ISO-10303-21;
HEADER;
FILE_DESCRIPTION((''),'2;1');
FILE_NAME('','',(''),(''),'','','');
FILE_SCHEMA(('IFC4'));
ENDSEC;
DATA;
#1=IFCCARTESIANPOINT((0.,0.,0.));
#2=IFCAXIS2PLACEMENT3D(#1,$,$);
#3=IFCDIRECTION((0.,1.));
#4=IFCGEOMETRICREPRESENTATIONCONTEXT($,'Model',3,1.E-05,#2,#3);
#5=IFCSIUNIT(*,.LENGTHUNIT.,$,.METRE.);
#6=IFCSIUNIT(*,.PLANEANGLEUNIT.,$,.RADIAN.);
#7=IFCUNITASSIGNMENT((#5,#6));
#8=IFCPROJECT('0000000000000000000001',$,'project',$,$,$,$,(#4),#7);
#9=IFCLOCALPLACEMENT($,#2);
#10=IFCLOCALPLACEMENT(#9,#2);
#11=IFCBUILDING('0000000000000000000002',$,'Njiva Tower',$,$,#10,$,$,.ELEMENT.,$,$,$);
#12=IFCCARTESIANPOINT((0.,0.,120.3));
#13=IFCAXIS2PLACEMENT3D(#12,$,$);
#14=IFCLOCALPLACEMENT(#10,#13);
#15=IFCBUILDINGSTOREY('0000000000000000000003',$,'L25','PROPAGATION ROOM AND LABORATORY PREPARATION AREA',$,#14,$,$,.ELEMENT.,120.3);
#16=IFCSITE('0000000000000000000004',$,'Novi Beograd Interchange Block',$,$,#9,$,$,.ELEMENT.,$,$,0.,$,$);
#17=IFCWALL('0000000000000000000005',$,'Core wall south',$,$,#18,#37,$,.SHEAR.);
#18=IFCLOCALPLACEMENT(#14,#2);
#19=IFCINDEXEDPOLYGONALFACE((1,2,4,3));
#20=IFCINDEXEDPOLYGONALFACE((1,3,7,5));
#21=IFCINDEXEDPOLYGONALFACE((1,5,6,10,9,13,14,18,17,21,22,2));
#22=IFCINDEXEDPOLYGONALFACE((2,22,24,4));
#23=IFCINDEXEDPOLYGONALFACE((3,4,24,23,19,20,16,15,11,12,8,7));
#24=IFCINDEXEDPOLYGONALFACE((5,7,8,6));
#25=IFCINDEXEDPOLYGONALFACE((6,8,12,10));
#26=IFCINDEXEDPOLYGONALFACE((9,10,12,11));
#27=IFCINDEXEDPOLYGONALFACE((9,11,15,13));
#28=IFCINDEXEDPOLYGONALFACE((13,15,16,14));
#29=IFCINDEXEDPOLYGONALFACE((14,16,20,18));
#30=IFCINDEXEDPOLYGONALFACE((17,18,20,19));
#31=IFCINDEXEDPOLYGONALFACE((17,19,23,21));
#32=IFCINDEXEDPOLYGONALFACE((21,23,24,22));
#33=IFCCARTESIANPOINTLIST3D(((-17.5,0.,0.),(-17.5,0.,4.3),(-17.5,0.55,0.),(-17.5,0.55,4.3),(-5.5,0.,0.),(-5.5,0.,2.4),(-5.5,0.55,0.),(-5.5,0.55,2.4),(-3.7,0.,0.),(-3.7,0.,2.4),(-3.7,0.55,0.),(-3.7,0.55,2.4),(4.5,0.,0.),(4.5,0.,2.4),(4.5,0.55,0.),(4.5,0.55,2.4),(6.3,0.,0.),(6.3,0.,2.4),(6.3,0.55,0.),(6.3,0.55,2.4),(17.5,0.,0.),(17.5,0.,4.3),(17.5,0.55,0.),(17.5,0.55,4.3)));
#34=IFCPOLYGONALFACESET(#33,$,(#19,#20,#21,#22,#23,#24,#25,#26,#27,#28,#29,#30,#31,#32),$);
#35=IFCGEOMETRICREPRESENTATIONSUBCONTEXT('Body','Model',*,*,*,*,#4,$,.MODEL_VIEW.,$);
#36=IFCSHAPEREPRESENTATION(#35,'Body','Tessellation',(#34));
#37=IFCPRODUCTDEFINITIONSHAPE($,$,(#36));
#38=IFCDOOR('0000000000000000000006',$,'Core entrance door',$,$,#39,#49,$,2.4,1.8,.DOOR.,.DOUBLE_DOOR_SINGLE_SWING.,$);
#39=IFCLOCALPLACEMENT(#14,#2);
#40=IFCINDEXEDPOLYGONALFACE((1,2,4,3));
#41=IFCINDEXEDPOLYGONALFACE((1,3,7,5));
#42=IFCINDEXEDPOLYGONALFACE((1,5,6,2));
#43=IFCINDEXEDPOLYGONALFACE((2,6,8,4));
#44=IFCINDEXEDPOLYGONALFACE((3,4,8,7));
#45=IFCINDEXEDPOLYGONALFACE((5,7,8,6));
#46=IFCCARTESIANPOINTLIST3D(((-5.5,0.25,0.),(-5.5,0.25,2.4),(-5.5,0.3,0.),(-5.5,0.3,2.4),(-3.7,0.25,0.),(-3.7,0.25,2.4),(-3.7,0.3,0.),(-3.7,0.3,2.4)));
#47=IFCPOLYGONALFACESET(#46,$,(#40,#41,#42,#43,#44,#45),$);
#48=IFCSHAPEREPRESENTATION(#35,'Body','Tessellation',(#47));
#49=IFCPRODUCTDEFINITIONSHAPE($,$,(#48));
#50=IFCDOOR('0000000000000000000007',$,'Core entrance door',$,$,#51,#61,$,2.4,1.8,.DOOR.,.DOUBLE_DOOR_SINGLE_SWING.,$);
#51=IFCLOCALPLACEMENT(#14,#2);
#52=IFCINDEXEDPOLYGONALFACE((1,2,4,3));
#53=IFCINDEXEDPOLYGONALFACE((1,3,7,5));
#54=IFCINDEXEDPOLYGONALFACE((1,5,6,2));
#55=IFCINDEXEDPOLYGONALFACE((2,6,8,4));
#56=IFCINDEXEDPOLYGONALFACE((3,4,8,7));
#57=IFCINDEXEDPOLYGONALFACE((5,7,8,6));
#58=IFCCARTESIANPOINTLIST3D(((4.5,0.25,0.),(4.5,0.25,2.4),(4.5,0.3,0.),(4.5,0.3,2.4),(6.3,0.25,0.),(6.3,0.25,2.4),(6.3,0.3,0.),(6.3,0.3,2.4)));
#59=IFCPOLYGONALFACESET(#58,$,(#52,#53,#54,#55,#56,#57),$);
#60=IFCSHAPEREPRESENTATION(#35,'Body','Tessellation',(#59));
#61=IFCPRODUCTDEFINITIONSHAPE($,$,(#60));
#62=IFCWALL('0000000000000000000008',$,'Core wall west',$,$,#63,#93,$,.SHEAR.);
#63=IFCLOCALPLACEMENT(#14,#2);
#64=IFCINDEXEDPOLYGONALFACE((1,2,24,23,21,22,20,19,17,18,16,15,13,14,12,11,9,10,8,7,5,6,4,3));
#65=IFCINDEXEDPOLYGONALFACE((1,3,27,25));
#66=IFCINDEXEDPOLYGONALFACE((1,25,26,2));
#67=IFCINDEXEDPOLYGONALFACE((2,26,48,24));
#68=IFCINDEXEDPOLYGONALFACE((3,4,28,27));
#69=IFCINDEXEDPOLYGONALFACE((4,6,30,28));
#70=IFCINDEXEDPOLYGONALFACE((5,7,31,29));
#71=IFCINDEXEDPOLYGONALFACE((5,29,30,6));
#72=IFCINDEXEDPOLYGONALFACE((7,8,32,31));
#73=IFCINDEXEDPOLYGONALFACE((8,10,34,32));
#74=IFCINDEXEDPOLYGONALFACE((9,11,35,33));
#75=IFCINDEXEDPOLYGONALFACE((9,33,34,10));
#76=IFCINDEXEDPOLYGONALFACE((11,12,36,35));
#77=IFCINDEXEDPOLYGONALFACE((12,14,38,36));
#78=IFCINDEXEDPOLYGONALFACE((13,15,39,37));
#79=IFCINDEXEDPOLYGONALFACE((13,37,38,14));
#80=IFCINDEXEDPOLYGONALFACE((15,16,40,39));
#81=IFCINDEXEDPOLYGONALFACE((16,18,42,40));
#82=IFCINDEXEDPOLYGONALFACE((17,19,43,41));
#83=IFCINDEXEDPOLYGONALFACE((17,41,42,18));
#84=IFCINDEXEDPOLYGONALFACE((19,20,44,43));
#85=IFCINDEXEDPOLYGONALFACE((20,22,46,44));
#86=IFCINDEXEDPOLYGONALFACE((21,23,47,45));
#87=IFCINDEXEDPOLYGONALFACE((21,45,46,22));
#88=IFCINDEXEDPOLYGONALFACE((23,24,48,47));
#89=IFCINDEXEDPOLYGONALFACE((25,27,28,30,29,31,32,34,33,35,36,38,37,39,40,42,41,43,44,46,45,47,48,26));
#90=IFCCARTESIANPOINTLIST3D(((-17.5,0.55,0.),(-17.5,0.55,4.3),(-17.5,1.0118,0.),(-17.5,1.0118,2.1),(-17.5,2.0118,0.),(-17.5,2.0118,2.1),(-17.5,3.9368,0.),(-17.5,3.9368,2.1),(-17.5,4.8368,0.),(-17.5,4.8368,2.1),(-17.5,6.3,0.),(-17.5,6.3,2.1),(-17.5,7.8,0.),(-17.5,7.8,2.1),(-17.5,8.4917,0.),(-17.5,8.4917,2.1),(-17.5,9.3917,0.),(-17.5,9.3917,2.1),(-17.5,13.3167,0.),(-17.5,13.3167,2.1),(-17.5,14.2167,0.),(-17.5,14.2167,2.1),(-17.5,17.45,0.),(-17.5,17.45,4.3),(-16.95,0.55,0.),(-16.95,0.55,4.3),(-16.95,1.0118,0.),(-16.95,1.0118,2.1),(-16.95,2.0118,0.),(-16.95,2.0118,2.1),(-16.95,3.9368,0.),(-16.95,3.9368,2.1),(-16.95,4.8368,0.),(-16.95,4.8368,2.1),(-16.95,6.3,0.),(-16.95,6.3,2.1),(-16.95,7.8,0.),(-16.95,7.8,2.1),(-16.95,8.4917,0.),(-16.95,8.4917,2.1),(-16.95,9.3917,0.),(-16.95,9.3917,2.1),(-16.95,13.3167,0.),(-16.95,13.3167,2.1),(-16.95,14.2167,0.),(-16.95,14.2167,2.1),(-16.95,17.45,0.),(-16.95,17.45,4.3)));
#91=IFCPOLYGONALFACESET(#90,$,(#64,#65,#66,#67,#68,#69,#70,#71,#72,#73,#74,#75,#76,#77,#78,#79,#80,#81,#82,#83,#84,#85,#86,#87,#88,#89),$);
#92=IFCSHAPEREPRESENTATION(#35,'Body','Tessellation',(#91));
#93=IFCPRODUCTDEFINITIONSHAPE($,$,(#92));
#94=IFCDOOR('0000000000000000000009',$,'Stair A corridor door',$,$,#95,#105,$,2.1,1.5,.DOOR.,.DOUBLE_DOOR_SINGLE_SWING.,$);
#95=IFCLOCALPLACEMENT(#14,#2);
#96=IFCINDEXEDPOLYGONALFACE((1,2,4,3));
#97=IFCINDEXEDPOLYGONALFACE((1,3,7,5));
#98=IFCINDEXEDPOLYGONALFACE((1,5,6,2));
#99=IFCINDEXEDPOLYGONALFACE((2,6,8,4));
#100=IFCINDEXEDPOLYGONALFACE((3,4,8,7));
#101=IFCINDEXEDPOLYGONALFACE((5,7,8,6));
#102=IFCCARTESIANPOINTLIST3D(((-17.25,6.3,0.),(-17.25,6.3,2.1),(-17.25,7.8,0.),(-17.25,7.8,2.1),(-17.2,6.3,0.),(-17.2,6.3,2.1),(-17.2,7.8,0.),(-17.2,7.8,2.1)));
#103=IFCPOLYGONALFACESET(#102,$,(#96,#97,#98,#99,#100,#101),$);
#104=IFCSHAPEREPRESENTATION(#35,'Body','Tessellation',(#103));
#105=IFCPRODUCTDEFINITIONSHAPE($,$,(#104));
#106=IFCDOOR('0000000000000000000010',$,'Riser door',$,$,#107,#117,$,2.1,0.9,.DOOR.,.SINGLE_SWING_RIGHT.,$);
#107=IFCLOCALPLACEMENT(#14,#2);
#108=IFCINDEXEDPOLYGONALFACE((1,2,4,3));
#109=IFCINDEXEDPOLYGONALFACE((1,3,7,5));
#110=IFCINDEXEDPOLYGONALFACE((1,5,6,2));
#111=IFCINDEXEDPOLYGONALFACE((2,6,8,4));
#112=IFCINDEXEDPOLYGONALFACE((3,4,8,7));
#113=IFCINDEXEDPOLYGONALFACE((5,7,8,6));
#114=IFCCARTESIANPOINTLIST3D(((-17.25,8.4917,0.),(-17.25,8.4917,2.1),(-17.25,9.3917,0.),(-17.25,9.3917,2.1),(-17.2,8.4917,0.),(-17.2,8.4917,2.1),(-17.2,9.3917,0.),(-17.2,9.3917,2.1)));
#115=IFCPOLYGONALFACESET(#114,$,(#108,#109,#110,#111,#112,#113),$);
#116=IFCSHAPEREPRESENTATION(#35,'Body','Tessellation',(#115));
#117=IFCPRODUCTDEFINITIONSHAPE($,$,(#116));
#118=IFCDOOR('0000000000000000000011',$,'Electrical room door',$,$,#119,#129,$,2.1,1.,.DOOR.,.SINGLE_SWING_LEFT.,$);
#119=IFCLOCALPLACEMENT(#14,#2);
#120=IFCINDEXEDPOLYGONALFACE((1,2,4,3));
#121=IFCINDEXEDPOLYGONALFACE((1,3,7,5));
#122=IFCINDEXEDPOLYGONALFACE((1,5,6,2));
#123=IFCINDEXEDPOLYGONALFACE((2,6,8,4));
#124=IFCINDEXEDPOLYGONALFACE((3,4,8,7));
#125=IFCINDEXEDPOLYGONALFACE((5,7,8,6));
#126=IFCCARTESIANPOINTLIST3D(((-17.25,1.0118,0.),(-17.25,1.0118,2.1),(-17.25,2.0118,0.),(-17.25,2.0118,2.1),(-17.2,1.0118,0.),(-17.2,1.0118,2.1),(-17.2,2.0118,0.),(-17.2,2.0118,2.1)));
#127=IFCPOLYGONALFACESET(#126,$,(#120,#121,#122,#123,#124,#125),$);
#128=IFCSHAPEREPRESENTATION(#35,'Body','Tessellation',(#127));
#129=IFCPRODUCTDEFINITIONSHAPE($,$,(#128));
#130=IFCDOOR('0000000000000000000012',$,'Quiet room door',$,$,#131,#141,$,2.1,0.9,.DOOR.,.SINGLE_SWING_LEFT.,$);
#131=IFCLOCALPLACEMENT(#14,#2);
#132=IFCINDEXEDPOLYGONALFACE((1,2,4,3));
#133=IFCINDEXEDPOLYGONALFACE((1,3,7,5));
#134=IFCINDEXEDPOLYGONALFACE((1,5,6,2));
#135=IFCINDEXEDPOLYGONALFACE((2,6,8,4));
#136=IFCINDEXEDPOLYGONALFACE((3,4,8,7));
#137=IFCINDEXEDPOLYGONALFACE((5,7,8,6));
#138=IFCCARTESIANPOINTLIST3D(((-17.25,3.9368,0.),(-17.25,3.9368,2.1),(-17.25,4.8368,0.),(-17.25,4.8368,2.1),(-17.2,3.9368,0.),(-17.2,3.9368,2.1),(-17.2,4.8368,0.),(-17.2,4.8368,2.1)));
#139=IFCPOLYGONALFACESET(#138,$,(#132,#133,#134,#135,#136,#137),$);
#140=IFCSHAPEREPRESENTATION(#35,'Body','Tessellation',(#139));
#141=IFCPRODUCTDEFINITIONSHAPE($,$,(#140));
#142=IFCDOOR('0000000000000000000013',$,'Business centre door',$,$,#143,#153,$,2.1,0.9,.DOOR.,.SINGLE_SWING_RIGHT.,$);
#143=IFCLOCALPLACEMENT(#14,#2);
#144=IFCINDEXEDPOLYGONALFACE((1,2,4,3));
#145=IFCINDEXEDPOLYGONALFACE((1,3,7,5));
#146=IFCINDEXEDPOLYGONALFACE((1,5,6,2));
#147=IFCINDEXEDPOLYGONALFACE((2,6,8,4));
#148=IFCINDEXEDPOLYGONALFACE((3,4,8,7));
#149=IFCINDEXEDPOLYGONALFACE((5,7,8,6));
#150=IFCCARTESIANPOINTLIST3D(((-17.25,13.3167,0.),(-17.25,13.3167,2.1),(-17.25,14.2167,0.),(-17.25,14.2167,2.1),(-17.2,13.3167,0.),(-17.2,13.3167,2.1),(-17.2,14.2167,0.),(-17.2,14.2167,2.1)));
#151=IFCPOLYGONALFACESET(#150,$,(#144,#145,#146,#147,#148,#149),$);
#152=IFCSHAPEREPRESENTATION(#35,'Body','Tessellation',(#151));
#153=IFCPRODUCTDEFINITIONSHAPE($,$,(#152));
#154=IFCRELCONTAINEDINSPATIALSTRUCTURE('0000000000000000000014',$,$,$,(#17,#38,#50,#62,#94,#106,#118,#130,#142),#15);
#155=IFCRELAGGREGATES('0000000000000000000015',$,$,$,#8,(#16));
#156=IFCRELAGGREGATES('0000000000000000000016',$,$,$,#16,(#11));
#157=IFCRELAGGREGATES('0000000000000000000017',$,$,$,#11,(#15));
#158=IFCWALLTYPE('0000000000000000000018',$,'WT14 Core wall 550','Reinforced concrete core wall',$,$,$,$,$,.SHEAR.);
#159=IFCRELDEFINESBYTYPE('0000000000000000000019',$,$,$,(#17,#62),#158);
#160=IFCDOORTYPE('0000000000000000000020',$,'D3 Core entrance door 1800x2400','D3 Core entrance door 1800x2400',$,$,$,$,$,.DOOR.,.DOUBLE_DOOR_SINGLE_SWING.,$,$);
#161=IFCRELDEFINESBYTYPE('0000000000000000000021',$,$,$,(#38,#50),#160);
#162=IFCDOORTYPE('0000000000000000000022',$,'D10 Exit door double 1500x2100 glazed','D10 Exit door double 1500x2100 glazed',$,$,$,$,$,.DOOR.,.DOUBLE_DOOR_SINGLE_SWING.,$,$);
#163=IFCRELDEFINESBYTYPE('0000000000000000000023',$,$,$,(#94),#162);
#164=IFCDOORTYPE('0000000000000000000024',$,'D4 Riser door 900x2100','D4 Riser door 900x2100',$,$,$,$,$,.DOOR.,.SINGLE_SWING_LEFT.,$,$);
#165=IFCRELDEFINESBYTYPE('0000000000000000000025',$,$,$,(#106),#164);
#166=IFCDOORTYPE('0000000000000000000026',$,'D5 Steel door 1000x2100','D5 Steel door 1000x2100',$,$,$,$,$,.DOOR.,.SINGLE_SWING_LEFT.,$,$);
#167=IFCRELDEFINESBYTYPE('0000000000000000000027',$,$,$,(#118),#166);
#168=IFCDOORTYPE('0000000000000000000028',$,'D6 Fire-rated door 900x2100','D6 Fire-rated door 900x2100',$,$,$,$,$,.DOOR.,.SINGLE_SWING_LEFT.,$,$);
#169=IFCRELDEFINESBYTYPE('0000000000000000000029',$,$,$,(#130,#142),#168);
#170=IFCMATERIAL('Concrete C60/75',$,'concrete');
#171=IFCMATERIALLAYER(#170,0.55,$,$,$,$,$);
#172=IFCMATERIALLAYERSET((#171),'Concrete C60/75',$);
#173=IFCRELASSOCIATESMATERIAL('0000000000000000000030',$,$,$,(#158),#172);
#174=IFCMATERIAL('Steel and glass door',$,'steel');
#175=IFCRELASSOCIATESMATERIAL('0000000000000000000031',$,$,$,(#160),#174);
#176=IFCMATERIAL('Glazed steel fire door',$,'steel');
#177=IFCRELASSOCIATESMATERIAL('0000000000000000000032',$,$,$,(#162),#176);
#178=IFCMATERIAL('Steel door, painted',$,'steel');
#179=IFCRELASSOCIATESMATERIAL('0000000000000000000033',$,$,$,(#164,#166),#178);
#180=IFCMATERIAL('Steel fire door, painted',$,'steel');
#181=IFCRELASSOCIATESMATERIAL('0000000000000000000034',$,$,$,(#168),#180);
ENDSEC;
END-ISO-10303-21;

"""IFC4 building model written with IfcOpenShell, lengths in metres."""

from ifc_helpers import new_model, si_unit, direction, frame, frame_2d, origin, place, context, subcontext, project, spatial, rectangle, extrude, material, layer, layer_set, type_object, element, fill, save


model = new_model("IFC4")

# Units and contexts
model_context = context("Model", 3, precision=1e-05, world=origin(), true_north=direction((0.0, 1.0)))
body_context = subcontext(model_context, "Body", "Model", "MODEL_VIEW")
ifc_project = project(units=[si_unit("LENGTHUNIT", "METRE"), si_unit("PLANEANGLEUNIT", "RADIAN")], contexts=[model_context])

# Site, building, storey
site_placement = place(None, origin())
site = spatial("IfcSite", under=ifc_project, at=site_placement, Name="Novi Beograd Interchange Block", CompositionType="ELEMENT", RefElevation=0.0)
building_placement = place(site_placement, origin())
building = spatial("IfcBuilding", under=site, at=building_placement, Name="Njiva Tower", CompositionType="ELEMENT")
storey_placement = place(building_placement, frame((0.0, 0.0, 120.3)))
storey = spatial("IfcBuildingStorey", under=building, at=storey_placement, Name="L25", Description="PROPAGATION ROOM AND LABORATORY PREPARATION AREA", CompositionType="ELEMENT", Elevation=120.3)

# Walls, openings, doors
ifc_material_1 = material(Name="Concrete C60/75", Category="concrete")
ifc_layer_1 = layer(ifc_material_1, 0.55)
ifc_layer_set_1 = layer_set([ifc_layer_1], Name="Concrete C60/75")
wall_type_1 = type_object("IfcWallType", Name="WT14 Core wall 550", Description="Reinforced concrete core wall", PredefinedType="SHEAR", material=ifc_layer_set_1)
wall_1_placement = place(storey_placement, frame((-17.5, 0.275, 0.0), z_axis=(0.0, 0.0, 1.0), x_axis=(1.0, 0.0, 0.0)))
wall_1 = element("IfcWall", 1, at=wall_1_placement, inside=storey, type_object=wall_type_1, Name="Core wall south", PredefinedType="SHEAR", context=body_context, shape_type="SweptSolid", body=[
    extrude(rectangle(XDim=35.0, YDim=0.55, at=frame_2d((17.5, 0.0))), origin(), (0.0, 0.0, 1.0), 4.3),
])
opening_1_placement = place(wall_1_placement, frame((12.0, 0.0, 0.0)))
opening_1 = element("IfcOpeningElement", 2, at=opening_1_placement, cuts=wall_1, PredefinedType="OPENING", context=body_context, shape_type="SweptSolid", body=[
    extrude(rectangle(XDim=1.8, YDim=2.4, at=frame_2d((0.9, 1.2))), frame((0.0, 0.285, 0.0), z_axis=(0.0, -1.0, 0.0), x_axis=(1.0, 0.0, 0.0)), (0.0, 0.0, 1.0), 0.57),
])
opening_2_placement = place(wall_1_placement, frame((22.0, 0.0, 0.0)))
opening_2 = element("IfcOpeningElement", 3, at=opening_2_placement, cuts=wall_1, PredefinedType="OPENING", context=body_context, shape_type="SweptSolid", body=[
    extrude(rectangle(XDim=1.8, YDim=2.4, at=frame_2d((0.9, 1.2))), frame((0.0, 0.285, 0.0), z_axis=(0.0, -1.0, 0.0), x_axis=(1.0, 0.0, 0.0)), (0.0, 0.0, 1.0), 0.57),
])
ifc_material_2 = material(Name="Steel and glass door", Category="steel")
door_type_1 = type_object("IfcDoorType", Name="D3 Core entrance door 1800x2400", Description="D3 Core entrance door 1800x2400", OperationType="DOUBLE_DOOR_SINGLE_SWING", PredefinedType="DOOR", material=ifc_material_2)
door_1_placement = place(opening_1_placement, origin())
door_1 = element("IfcDoor", 4, at=door_1_placement, inside=storey, type_object=door_type_1, Name="Core entrance door", OperationType="DOUBLE_DOOR_SINGLE_SWING", OverallHeight=2.4, OverallWidth=1.8, PredefinedType="DOOR", context=body_context, shape_type="SweptSolid", body=[
    extrude(rectangle(XDim=1.8, YDim=2.4, at=frame_2d((0.9, 1.2))), frame((0.0, 0.025, 0.0), z_axis=(0.0, -1.0, 0.0), x_axis=(1.0, 0.0, 0.0)), (0.0, 0.0, 1.0), 0.05),
])
fill(opening_1, door_1)
door_2_placement = place(opening_2_placement, origin())
door_2 = element("IfcDoor", 5, at=door_2_placement, inside=storey, type_object=door_type_1, Name="Core entrance door", OperationType="DOUBLE_DOOR_SINGLE_SWING", OverallHeight=2.4, OverallWidth=1.8, PredefinedType="DOOR", context=body_context, shape_type="SweptSolid", body=[
    extrude(rectangle(XDim=1.8, YDim=2.4, at=frame_2d((0.9, 1.2))), frame((0.0, 0.025, 0.0), z_axis=(0.0, -1.0, 0.0), x_axis=(1.0, 0.0, 0.0)), (0.0, 0.0, 1.0), 0.05),
])
fill(opening_2, door_2)
wall_2_placement = place(storey_placement, frame((-17.225, 0.55, 0.0), z_axis=(0.0, 0.0, 1.0), x_axis=(0.0, 1.0, 0.0)))
wall_2 = element("IfcWall", 6, at=wall_2_placement, inside=storey, type_object=wall_type_1, Name="Core wall west", PredefinedType="SHEAR", context=body_context, shape_type="SweptSolid", body=[
    extrude(rectangle(XDim=16.9, YDim=0.55, at=frame_2d((8.45, 0.0))), origin(), (0.0, 0.0, 1.0), 4.3),
])
opening_3_placement = place(wall_2_placement, frame((5.75, 0.0, 0.0)))
opening_3 = element("IfcOpeningElement", 7, at=opening_3_placement, cuts=wall_2, PredefinedType="OPENING", context=body_context, shape_type="SweptSolid", body=[
    extrude(rectangle(XDim=1.5, YDim=2.1, at=frame_2d((0.75, 1.05))), frame((0.0, 0.285, 0.0), z_axis=(0.0, -1.0, 0.0), x_axis=(1.0, 0.0, 0.0)), (0.0, 0.0, 1.0), 0.57),
])
opening_4_placement = place(wall_2_placement, frame((0.4618, 0.0, 0.0)))
opening_4 = element("IfcOpeningElement", 8, at=opening_4_placement, cuts=wall_2, PredefinedType="OPENING", context=body_context, shape_type="SweptSolid", body=[
    extrude(rectangle(XDim=1.0, YDim=2.1, at=frame_2d((0.5, 1.05))), frame((0.0, 0.285, 0.0), z_axis=(0.0, -1.0, 0.0), x_axis=(1.0, 0.0, 0.0)), (0.0, 0.0, 1.0), 0.57),
])
opening_5_placement = place(wall_2_placement, frame((3.3868, 0.0, 0.0)))
opening_5 = element("IfcOpeningElement", 9, at=opening_5_placement, cuts=wall_2, PredefinedType="OPENING", context=body_context, shape_type="SweptSolid", body=[
    extrude(rectangle(XDim=0.9, YDim=2.1, at=frame_2d((0.45, 1.05))), frame((0.0, 0.285, 0.0), z_axis=(0.0, -1.0, 0.0), x_axis=(1.0, 0.0, 0.0)), (0.0, 0.0, 1.0), 0.57),
])
opening_6_placement = place(wall_2_placement, frame((7.9417, 0.0, 0.0)))
opening_6 = element("IfcOpeningElement", 10, at=opening_6_placement, cuts=wall_2, PredefinedType="OPENING", context=body_context, shape_type="SweptSolid", body=[
    extrude(rectangle(XDim=0.9, YDim=2.1, at=frame_2d((0.45, 1.05))), frame((0.0, 0.285, 0.0), z_axis=(0.0, -1.0, 0.0), x_axis=(1.0, 0.0, 0.0)), (0.0, 0.0, 1.0), 0.57),
])
opening_7_placement = place(wall_2_placement, frame((12.7667, 0.0, 0.0)))
opening_7 = element("IfcOpeningElement", 11, at=opening_7_placement, cuts=wall_2, PredefinedType="OPENING", context=body_context, shape_type="SweptSolid", body=[
    extrude(rectangle(XDim=0.9, YDim=2.1, at=frame_2d((0.45, 1.05))), frame((0.0, 0.285, 0.0), z_axis=(0.0, -1.0, 0.0), x_axis=(1.0, 0.0, 0.0)), (0.0, 0.0, 1.0), 0.57),
])
ifc_material_3 = material(Name="Glazed steel fire door", Category="steel")
door_type_2 = type_object("IfcDoorType", Name="D10 Exit door double 1500x2100 glazed", Description="D10 Exit door double 1500x2100 glazed", OperationType="DOUBLE_DOOR_SINGLE_SWING", PredefinedType="DOOR", material=ifc_material_3)
door_3_placement = place(opening_3_placement, origin())
door_3 = element("IfcDoor", 12, at=door_3_placement, inside=storey, type_object=door_type_2, Name="Stair A corridor door", OperationType="DOUBLE_DOOR_SINGLE_SWING", OverallHeight=2.1, OverallWidth=1.5, PredefinedType="DOOR", context=body_context, shape_type="SweptSolid", body=[
    extrude(rectangle(XDim=1.5, YDim=2.1, at=frame_2d((0.75, 1.05))), frame((0.0, 0.025, 0.0), z_axis=(0.0, -1.0, 0.0), x_axis=(1.0, 0.0, 0.0)), (0.0, 0.0, 1.0), 0.05),
])
fill(opening_3, door_3)
ifc_material_4 = material(Name="Steel door, painted", Category="steel")
door_type_3 = type_object("IfcDoorType", Name="D4 Riser door 900x2100", Description="D4 Riser door 900x2100", OperationType="SINGLE_SWING_LEFT", PredefinedType="DOOR", material=ifc_material_4)
door_4_placement = place(opening_6_placement, origin())
door_4 = element("IfcDoor", 13, at=door_4_placement, inside=storey, type_object=door_type_3, Name="Riser door", OperationType="SINGLE_SWING_RIGHT", OverallHeight=2.1, OverallWidth=0.9, PredefinedType="DOOR", context=body_context, shape_type="SweptSolid", body=[
    extrude(rectangle(XDim=0.9, YDim=2.1, at=frame_2d((0.45, 1.05))), frame((0.0, 0.025, 0.0), z_axis=(0.0, -1.0, 0.0), x_axis=(1.0, 0.0, 0.0)), (0.0, 0.0, 1.0), 0.05),
])
fill(opening_6, door_4)
door_type_4 = type_object("IfcDoorType", Name="D5 Steel door 1000x2100", Description="D5 Steel door 1000x2100", OperationType="SINGLE_SWING_LEFT", PredefinedType="DOOR", material=ifc_material_4)
door_5_placement = place(opening_4_placement, origin())
door_5 = element("IfcDoor", 14, at=door_5_placement, inside=storey, type_object=door_type_4, Name="Electrical room door", OperationType="SINGLE_SWING_LEFT", OverallHeight=2.1, OverallWidth=1.0, PredefinedType="DOOR", context=body_context, shape_type="SweptSolid", body=[
    extrude(rectangle(XDim=1.0, YDim=2.1, at=frame_2d((0.5, 1.05))), frame((0.0, 0.025, 0.0), z_axis=(0.0, -1.0, 0.0), x_axis=(1.0, 0.0, 0.0)), (0.0, 0.0, 1.0), 0.05),
])
fill(opening_4, door_5)
ifc_material_5 = material(Name="Steel fire door, painted", Category="steel")
door_type_5 = type_object("IfcDoorType", Name="D6 Fire-rated door 900x2100", Description="D6 Fire-rated door 900x2100", OperationType="SINGLE_SWING_LEFT", PredefinedType="DOOR", material=ifc_material_5)
door_6_placement = place(opening_5_placement, origin())
door_6 = element("IfcDoor", 15, at=door_6_placement, inside=storey, type_object=door_type_5, Name="Quiet room door", OperationType="SINGLE_SWING_LEFT", OverallHeight=2.1, OverallWidth=0.9, PredefinedType="DOOR", context=body_context, shape_type="SweptSolid", body=[
    extrude(rectangle(XDim=0.9, YDim=2.1, at=frame_2d((0.45, 1.05))), frame((0.0, 0.025, 0.0), z_axis=(0.0, -1.0, 0.0), x_axis=(1.0, 0.0, 0.0)), (0.0, 0.0, 1.0), 0.05),
])
fill(opening_5, door_6)
door_7_placement = place(opening_7_placement, origin())
door_7 = element("IfcDoor", 16, at=door_7_placement, inside=storey, type_object=door_type_5, Name="Business centre door", OperationType="SINGLE_SWING_RIGHT", OverallHeight=2.1, OverallWidth=0.9, PredefinedType="DOOR", context=body_context, shape_type="SweptSolid", body=[
    extrude(rectangle(XDim=0.9, YDim=2.1, at=frame_2d((0.45, 1.05))), frame((0.0, 0.025, 0.0), z_axis=(0.0, -1.0, 0.0), x_axis=(1.0, 0.0, 0.0)), (0.0, 0.0, 1.0), 0.05),
])
fill(opening_7, door_7)

save(model, "model.ifc")
